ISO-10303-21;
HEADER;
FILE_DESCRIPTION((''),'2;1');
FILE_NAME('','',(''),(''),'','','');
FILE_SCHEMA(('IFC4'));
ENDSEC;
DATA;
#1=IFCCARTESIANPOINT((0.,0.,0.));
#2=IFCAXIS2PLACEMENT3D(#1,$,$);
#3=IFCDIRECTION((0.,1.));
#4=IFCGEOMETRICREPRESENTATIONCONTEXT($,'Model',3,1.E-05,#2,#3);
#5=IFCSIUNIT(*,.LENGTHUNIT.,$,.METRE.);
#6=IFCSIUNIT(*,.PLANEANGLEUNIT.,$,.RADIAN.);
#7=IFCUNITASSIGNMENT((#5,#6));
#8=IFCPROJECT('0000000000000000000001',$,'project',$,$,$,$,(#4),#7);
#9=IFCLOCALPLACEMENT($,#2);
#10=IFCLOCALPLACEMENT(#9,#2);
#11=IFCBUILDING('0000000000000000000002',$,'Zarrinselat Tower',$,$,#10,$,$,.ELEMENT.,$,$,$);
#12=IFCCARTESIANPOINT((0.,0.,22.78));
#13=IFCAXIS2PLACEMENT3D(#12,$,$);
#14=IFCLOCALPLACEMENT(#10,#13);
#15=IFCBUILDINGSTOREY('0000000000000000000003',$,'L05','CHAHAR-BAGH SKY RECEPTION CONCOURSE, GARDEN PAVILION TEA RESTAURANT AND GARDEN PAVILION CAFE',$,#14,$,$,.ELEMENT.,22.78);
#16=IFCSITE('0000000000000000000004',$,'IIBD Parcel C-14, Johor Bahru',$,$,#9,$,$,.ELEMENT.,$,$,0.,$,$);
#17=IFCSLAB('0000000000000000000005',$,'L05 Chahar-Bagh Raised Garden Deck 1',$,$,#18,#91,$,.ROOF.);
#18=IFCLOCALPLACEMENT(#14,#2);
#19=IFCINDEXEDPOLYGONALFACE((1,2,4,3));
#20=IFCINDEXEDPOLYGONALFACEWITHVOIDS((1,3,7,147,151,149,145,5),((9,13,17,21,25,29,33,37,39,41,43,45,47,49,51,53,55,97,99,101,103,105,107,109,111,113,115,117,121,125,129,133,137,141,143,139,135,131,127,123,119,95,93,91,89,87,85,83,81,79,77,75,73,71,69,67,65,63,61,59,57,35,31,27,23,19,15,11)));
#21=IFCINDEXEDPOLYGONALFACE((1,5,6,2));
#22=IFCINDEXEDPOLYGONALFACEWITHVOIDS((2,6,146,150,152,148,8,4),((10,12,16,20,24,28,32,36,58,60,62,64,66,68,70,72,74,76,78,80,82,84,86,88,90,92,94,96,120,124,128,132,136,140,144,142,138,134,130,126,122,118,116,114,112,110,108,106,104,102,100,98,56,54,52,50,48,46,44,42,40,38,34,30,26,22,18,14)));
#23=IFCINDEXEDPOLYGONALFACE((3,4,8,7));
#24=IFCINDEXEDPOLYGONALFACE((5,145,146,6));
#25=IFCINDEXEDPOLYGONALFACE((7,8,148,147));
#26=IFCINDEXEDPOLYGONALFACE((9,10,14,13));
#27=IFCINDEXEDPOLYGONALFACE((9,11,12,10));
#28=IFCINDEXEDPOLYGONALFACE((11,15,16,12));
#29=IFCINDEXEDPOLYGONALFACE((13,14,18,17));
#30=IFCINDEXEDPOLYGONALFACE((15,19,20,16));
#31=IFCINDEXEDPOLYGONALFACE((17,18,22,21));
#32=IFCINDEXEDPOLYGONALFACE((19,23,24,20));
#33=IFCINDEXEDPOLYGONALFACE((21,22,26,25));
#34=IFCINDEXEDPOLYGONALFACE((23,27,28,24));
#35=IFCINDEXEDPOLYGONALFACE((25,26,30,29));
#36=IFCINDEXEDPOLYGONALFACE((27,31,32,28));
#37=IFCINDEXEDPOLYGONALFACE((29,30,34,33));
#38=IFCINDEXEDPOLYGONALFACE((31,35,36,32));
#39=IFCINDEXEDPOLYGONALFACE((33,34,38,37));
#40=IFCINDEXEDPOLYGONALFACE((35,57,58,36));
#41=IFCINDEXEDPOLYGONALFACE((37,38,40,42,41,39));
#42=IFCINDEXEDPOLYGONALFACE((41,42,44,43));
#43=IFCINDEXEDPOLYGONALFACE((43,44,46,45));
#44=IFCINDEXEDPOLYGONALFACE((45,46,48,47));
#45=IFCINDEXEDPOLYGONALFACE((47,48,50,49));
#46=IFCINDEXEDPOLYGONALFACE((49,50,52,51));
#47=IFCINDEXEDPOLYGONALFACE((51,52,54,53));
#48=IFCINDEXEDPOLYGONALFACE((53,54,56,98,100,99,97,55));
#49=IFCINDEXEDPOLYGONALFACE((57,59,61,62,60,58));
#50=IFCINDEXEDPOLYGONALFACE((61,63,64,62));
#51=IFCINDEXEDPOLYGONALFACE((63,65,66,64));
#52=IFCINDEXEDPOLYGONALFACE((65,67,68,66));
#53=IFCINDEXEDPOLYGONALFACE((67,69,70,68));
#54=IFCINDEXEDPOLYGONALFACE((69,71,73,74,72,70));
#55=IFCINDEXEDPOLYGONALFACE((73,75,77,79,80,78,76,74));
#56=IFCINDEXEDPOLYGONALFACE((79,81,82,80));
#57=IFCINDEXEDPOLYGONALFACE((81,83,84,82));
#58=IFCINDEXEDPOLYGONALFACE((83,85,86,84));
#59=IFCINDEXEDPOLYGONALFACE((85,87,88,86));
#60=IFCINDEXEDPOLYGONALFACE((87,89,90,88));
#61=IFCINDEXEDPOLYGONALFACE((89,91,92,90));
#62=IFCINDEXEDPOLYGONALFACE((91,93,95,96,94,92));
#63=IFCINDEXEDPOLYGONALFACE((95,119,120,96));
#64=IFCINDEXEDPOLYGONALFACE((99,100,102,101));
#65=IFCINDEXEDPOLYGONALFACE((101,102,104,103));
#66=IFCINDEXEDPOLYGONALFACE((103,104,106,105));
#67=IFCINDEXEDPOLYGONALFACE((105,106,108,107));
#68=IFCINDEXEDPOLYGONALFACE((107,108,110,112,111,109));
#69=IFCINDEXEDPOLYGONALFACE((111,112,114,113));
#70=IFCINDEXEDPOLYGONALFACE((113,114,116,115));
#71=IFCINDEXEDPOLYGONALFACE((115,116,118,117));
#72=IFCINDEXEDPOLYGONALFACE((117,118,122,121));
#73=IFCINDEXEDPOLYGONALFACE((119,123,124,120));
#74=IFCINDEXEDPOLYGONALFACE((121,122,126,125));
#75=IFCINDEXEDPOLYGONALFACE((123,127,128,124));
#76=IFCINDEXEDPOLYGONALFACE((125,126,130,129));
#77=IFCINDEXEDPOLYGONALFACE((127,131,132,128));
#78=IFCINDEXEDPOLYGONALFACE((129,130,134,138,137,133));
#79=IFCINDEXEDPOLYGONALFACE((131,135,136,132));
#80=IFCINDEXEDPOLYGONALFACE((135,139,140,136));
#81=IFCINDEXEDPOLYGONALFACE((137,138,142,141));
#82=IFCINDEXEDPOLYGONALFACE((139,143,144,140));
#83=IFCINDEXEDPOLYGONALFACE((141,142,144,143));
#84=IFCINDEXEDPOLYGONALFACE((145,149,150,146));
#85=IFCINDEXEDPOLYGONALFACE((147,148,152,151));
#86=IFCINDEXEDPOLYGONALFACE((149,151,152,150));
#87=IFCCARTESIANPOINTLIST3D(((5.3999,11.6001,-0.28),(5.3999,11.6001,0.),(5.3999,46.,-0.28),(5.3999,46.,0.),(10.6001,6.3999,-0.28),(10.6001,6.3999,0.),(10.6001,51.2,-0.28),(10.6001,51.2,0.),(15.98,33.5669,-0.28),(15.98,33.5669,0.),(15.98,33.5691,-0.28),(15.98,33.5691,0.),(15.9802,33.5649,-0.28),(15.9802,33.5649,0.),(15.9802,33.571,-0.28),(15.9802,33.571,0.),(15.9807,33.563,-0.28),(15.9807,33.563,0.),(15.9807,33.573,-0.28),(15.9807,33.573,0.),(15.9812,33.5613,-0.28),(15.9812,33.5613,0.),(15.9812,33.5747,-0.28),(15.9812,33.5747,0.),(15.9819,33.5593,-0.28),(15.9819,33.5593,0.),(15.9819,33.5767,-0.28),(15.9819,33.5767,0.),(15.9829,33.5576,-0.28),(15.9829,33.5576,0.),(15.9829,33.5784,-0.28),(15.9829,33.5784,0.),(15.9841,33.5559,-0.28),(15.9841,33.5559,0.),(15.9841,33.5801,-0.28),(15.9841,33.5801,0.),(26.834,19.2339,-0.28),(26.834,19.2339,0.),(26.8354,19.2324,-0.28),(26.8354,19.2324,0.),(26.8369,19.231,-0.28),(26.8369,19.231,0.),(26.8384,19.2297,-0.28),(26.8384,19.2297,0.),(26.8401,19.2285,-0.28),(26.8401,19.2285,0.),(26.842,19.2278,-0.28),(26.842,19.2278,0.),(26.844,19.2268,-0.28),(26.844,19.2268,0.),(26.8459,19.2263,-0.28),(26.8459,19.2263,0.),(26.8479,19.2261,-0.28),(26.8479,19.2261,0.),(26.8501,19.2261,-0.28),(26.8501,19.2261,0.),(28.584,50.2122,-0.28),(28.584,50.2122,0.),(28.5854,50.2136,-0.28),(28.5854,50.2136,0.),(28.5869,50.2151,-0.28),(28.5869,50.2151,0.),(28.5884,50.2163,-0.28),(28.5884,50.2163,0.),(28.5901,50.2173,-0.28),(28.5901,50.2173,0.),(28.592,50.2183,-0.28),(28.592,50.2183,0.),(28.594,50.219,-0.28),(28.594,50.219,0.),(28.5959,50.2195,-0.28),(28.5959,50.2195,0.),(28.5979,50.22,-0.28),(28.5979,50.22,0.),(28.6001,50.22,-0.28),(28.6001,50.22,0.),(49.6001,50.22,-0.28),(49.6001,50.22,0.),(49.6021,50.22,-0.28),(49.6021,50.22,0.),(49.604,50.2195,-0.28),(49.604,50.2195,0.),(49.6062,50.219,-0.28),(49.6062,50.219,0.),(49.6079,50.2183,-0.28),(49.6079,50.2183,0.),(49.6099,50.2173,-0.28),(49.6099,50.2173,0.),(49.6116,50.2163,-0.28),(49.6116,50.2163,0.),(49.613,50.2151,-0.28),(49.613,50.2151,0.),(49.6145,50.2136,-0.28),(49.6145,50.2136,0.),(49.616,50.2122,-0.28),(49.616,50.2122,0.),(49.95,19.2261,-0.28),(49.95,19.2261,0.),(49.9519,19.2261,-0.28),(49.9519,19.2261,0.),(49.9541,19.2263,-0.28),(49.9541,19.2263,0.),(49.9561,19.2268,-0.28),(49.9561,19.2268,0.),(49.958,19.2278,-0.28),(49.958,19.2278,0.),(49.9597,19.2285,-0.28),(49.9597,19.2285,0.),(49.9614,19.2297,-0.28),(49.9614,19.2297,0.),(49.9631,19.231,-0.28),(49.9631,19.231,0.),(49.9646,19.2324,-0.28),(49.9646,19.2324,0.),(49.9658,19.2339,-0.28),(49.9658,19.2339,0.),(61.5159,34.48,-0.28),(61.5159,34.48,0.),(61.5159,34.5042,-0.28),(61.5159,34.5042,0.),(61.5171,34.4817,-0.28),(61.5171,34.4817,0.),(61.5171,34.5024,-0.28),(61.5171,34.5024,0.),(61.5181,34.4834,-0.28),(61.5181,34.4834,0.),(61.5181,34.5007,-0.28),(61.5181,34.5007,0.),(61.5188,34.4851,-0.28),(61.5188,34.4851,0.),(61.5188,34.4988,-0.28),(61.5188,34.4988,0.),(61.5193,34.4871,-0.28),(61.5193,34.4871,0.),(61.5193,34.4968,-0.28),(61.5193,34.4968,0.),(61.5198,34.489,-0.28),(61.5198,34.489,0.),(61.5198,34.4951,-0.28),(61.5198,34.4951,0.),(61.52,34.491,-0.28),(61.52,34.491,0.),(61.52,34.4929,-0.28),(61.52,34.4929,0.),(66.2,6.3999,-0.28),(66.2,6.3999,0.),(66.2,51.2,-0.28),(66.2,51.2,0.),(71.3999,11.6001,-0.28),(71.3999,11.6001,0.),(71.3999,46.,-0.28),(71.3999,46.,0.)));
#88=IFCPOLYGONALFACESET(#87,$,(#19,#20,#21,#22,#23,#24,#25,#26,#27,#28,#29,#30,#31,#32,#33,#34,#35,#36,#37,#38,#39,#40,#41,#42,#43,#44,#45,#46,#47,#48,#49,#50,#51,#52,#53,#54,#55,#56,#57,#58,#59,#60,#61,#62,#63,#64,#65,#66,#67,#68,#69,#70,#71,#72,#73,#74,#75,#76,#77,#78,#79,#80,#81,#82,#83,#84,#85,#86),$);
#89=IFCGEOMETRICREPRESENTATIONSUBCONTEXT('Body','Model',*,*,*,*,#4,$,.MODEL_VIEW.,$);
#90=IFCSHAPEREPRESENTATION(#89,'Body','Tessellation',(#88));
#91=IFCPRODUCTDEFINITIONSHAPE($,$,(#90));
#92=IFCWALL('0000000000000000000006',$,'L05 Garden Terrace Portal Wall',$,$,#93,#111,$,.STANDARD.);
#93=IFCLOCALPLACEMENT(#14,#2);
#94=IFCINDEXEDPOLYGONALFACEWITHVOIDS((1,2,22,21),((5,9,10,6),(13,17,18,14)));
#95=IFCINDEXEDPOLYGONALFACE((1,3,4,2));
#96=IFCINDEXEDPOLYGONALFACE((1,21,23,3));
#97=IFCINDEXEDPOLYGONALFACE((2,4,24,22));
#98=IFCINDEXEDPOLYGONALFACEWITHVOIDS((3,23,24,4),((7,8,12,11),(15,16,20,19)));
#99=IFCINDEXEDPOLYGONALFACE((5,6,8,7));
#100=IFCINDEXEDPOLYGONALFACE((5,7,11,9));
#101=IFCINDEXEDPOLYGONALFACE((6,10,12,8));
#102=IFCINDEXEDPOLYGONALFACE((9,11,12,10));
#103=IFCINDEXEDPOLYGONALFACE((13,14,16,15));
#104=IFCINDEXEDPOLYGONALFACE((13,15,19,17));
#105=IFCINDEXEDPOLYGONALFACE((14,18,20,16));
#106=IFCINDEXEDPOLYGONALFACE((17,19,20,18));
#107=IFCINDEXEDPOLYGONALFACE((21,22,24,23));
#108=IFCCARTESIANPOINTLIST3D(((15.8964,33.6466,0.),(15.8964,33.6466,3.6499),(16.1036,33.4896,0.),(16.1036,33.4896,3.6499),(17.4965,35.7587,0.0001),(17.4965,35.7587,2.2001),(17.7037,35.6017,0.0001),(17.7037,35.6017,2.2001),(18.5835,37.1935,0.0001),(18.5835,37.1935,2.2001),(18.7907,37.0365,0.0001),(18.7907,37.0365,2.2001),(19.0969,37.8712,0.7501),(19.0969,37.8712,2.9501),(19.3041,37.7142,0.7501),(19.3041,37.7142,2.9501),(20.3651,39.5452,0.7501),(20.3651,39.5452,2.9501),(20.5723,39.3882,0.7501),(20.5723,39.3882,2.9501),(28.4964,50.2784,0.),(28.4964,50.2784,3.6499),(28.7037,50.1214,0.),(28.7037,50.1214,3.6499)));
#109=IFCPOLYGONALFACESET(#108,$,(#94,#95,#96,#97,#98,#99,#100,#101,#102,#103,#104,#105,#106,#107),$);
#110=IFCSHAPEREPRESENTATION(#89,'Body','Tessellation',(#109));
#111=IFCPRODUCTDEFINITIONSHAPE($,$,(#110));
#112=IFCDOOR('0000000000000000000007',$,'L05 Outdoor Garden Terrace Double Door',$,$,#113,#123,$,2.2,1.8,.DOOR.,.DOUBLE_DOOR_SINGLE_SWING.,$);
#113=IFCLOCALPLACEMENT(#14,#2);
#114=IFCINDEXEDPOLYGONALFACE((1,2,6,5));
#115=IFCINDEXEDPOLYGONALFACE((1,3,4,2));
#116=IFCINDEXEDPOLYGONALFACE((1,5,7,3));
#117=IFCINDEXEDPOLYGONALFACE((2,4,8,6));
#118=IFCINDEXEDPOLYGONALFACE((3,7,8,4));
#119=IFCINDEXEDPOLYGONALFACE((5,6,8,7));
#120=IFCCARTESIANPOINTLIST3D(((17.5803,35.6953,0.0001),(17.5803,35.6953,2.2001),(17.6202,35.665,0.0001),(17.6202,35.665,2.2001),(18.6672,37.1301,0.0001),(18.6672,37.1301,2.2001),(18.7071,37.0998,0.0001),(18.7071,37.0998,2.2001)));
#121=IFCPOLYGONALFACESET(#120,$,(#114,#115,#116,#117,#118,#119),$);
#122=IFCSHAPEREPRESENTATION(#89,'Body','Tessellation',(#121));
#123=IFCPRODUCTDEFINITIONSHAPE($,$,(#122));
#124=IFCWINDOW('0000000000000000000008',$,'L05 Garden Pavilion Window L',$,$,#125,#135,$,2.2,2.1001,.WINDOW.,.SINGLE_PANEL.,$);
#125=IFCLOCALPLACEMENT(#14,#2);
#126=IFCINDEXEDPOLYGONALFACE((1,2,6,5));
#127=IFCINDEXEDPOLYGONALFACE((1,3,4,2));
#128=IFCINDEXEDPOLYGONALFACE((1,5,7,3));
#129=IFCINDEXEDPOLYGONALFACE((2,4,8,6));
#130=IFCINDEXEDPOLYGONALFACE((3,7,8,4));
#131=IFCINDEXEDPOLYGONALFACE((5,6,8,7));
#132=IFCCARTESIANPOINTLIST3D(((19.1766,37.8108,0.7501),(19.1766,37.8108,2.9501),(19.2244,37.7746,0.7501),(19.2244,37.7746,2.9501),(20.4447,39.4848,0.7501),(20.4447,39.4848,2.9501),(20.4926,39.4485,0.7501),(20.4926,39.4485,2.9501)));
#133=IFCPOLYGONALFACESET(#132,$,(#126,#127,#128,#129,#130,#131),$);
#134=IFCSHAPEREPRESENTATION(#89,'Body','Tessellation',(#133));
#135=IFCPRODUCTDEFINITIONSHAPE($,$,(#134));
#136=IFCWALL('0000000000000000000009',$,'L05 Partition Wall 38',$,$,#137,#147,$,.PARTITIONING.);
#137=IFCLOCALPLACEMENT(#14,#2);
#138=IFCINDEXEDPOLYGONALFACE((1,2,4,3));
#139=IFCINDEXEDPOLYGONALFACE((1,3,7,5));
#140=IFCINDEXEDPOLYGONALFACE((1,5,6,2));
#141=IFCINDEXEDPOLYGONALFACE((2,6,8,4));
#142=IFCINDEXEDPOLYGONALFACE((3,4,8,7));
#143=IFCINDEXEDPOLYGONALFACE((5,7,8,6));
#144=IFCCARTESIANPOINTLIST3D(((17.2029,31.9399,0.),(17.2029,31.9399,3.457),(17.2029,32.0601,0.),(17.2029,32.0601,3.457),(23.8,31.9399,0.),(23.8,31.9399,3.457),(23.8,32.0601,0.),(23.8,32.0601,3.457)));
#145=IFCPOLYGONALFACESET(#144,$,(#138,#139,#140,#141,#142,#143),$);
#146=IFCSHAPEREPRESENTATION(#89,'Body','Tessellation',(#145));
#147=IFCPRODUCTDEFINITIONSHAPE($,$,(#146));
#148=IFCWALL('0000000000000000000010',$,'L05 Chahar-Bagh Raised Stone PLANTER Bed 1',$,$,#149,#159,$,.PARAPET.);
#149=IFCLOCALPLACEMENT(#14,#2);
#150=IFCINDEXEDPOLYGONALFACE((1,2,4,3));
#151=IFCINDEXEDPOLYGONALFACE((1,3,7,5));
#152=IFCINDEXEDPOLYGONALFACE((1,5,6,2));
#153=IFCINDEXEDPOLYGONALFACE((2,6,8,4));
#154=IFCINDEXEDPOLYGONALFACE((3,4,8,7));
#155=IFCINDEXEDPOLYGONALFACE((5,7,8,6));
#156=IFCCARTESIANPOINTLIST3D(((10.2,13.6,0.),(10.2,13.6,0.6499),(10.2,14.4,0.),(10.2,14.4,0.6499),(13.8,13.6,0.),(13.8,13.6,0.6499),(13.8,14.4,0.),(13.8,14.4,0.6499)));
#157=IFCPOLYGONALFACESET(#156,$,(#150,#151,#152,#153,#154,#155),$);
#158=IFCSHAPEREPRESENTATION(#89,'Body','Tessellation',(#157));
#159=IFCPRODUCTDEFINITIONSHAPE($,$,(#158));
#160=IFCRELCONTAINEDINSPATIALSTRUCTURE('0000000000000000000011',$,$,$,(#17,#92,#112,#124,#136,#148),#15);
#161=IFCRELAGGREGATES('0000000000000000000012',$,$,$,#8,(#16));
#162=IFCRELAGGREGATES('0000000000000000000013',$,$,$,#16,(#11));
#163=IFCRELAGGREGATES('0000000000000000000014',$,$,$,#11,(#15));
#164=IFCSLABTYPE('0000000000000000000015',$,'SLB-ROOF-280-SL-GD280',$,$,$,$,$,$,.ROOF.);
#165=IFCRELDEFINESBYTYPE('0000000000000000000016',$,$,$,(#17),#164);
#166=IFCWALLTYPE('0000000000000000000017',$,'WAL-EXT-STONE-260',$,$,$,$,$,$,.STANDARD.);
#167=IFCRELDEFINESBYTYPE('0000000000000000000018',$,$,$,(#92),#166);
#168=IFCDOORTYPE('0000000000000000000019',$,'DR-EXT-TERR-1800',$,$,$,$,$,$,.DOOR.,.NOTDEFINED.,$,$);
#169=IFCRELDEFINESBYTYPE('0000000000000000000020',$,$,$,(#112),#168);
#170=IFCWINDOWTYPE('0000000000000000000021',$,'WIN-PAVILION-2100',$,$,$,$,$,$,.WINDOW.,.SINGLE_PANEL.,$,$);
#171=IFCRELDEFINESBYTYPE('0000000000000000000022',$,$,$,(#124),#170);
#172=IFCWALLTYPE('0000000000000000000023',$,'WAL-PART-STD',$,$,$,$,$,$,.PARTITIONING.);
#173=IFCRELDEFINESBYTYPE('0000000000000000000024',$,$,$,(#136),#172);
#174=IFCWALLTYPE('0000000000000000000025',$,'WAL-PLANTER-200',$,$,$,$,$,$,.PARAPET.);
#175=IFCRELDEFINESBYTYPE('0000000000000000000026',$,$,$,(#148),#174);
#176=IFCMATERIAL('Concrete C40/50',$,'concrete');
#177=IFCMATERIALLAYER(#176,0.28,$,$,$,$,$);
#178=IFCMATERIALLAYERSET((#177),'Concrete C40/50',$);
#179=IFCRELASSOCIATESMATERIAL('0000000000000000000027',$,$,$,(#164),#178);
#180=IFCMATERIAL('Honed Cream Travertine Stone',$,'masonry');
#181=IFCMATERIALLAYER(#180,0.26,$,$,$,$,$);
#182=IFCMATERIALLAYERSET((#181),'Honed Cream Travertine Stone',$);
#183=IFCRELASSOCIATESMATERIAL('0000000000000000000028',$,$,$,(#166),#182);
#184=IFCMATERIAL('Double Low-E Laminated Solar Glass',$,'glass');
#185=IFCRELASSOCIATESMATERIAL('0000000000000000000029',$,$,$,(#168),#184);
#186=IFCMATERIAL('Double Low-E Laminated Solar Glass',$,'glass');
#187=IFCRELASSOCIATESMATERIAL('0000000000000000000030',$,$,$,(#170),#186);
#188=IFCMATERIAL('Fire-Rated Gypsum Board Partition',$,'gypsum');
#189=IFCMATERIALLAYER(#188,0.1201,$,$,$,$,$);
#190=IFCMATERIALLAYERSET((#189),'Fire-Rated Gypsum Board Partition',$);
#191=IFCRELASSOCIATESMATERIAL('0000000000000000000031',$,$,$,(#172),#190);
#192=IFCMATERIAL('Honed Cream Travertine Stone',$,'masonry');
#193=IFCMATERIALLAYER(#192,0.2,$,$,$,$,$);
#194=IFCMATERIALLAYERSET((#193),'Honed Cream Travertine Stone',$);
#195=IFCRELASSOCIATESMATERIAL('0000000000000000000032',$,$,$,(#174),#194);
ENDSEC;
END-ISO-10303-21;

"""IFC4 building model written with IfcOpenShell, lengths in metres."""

from ifc_helpers import new_model, si_unit, direction, frame, frame_2d, origin, place, context, subcontext, project, spatial, polyline, rectangle, outline, extrude, material, layer, layer_set, type_object, element, fill, save


model = new_model("IFC4")

# Units and contexts
model_context = context("Model", 3, precision=1e-05, world=origin(), true_north=direction((0.0, 1.0)))
body_context = subcontext(model_context, "Body", "Model", "MODEL_VIEW")
ifc_project = project(units=[si_unit("LENGTHUNIT", "METRE"), si_unit("PLANEANGLEUNIT", "RADIAN")], contexts=[model_context])

# Site, building, storey
site_placement = place(None, origin())
site = spatial("IfcSite", under=ifc_project, at=site_placement, Name="IIBD Parcel C-14, Johor Bahru", CompositionType="ELEMENT", RefElevation=0.0)
building_placement = place(site_placement, origin())
building = spatial("IfcBuilding", under=site, at=building_placement, Name="Zarrinselat Tower", CompositionType="ELEMENT")
storey_placement = place(building_placement, frame((0.0, 0.0, 22.78)))
storey = spatial("IfcBuildingStorey", under=building, at=storey_placement, Name="L05", Description="CHAHAR-BAGH SKY RECEPTION CONCOURSE, GARDEN PAVILION TEA RESTAURANT AND GARDEN PAVILION CAFE", CompositionType="ELEMENT", Elevation=22.78)

# Slab
ifc_material_1 = material(Name="Concrete C40/50", Category="concrete")
ifc_layer_1 = layer(ifc_material_1, 0.28)
ifc_layer_set_1 = layer_set([ifc_layer_1], Name="Concrete C40/50")
slab_type_1 = type_object("IfcSlabType", Name="SLB-ROOF-280-SL-GD280", PredefinedType="ROOF", material=ifc_layer_set_1)
slab_1_placement = place(storey_placement, frame((0.0, 0.0, -0.28)))
element("IfcSlab", 1, at=slab_1_placement, inside=storey, type_object=slab_type_1, Name="L05 Chahar-Bagh Raised Garden Deck 1", PredefinedType="ROOF", context=body_context, shape_type="SweptSolid", body=[
    extrude(outline(polyline([(5.3999, 11.6001), (5.3999, 46.0), (10.6001, 51.2), (66.2, 51.2), (71.3999, 46.0), (71.3999, 11.6001), (66.2, 6.3999), (10.6001, 6.3999), (5.3999, 11.6001)]), holes=[polyline([(49.6145, 50.2136), (49.613, 50.2151), (49.6116, 50.2163), (49.6099, 50.2173), (49.6079, 50.2183), (49.6062, 50.219), (49.604, 50.2195), (49.6021, 50.22), (49.6001, 50.22), (28.6001, 50.22), (28.5979, 50.22), (28.5959, 50.2195), (28.594, 50.219), (28.592, 50.2183), (28.5901, 50.2173), (28.5884, 50.2163), (28.5869, 50.2151), (28.5854, 50.2136), (28.584, 50.2122), (15.9841, 33.5801), (15.9829, 33.5784), (15.9819, 33.5767), (15.9812, 33.5747), (15.9807, 33.573), (15.9802, 33.571), (15.98, 33.5691), (15.98, 33.5669), (15.9802, 33.5649), (15.9807, 33.563), (15.9812, 33.5613), (15.9819, 33.5593), (15.9829, 33.5576), (15.9841, 33.5559), (26.834, 19.2339), (26.8354, 19.2324), (26.8369, 19.231), (26.8384, 19.2297), (26.8401, 19.2285), (26.842, 19.2278), (26.844, 19.2268), (26.8459, 19.2263), (26.8479, 19.2261), (26.8501, 19.2261), (49.95, 19.2261), (49.9519, 19.2261), (49.9541, 19.2263), (49.9561, 19.2268), (49.958, 19.2278), (49.9597, 19.2285), (49.9614, 19.2297), (49.9631, 19.231), (49.9646, 19.2324), (49.9658, 19.2339), (61.5159, 34.48), (61.5171, 34.4817), (61.5181, 34.4834), (61.5188, 34.4851), (61.5193, 34.4871), (61.5198, 34.489), (61.52, 34.491), (61.52, 34.4929), (61.5198, 34.4951), (61.5193, 34.4968), (61.5188, 34.4988), (61.5181, 34.5007), (61.5171, 34.5024), (61.5159, 34.5042), (49.616, 50.2122), (49.6145, 50.2136)])]), origin(), (0.0, 0.0, 1.0), 0.28),
])

# Wall, openings, door, window
ifc_material_2 = material(Name="Honed Cream Travertine Stone", Category="masonry")
ifc_layer_2 = layer(ifc_material_2, 0.26)
ifc_layer_set_2 = layer_set([ifc_layer_2], Name="Honed Cream Travertine Stone")
wall_type_1 = type_object("IfcWallType", Name="WAL-EXT-STONE-260", PredefinedType="STANDARD", material=ifc_layer_set_2)
wall_1_placement = place(storey_placement, frame((16.0, 33.5681, 0.0), z_axis=(0.0, 0.0, 1.0), x_axis=(0.603864, 0.797087, 0.0)))
wall_1 = element("IfcWall", 2, at=wall_1_placement, inside=storey, type_object=wall_type_1, Name="L05 Garden Terrace Portal Wall", PredefinedType="STANDARD", context=body_context, shape_type="SweptSolid", body=[
    extrude(rectangle(XDim=20.8657, YDim=0.26, at=frame_2d((10.4329, 0.0))), origin(), (0.0, 0.0, 1.0), 3.6499),
])
opening_1_placement = place(wall_1_placement, frame((2.6499, 0.0, 0.0)))
opening_1 = element("IfcOpeningElement", 3, at=opening_1_placement, cuts=wall_1, PredefinedType="OPENING", context=body_context, shape_type="SweptSolid", body=[
    extrude(rectangle(XDim=1.8, YDim=2.2, at=frame_2d((0.8999, 1.1001))), frame((0.0, 0.1399, 0.0), z_axis=(0.0, -1.0, 0.0), x_axis=(1.0, 0.0, 0.0)), (0.0, 0.0, 1.0), 0.28),
])
opening_2_placement = place(wall_1_placement, frame((5.3, 0.0, 0.75)))
opening_2 = element("IfcOpeningElement", 4, at=opening_2_placement, cuts=wall_1, PredefinedType="OPENING", context=body_context, shape_type="SweptSolid", body=[
    extrude(rectangle(XDim=2.1001, YDim=2.2, at=frame_2d((1.05, 1.1001))), frame((0.0, 0.1399, 0.0), z_axis=(0.0, -1.0, 0.0), x_axis=(1.0, 0.0, 0.0)), (0.0, 0.0, 1.0), 0.28),
])
ifc_material_3 = material(Name="Double Low-E Laminated Solar Glass", Category="glass")
door_type = type_object("IfcDoorType", Name="DR-EXT-TERR-1800", OperationType="NOTDEFINED", PredefinedType="DOOR", material=ifc_material_3)
door_placement = place(opening_1_placement, origin())
door = element("IfcDoor", 5, at=door_placement, inside=storey, type_object=door_type, Name="L05 Outdoor Garden Terrace Double Door", OperationType="DOUBLE_DOOR_SINGLE_SWING", OverallHeight=2.2, OverallWidth=1.8, PredefinedType="DOOR", context=body_context, shape_type="SweptSolid", body=[
    extrude(rectangle(XDim=1.8, YDim=2.2, at=frame_2d((0.8999, 1.1001))), frame((0.0, 0.0249, 0.0), z_axis=(0.0, -1.0, 0.0), x_axis=(1.0, 0.0, 0.0)), (0.0, 0.0, 1.0), 0.05),
])
fill(opening_1, door)
ifc_material_4 = material(Name="Double Low-E Laminated Solar Glass", Category="glass")
window_type = type_object("IfcWindowType", Name="WIN-PAVILION-2100", PartitioningType="SINGLE_PANEL", PredefinedType="WINDOW", material=ifc_material_4)
window_placement = place(opening_2_placement, origin())
window = element("IfcWindow", 6, at=window_placement, inside=storey, type_object=window_type, Name="L05 Garden Pavilion Window L", OverallHeight=2.2, OverallWidth=2.1001, PartitioningType="SINGLE_PANEL", PredefinedType="WINDOW", context=body_context, shape_type="SweptSolid", body=[
    extrude(rectangle(XDim=2.1001, YDim=2.2, at=frame_2d((1.05, 1.1001))), frame((0.0, 0.03, 0.0), z_axis=(0.0, -1.0, 0.0), x_axis=(1.0, 0.0, 0.0)), (0.0, 0.0, 1.0), 0.0601),
])
fill(opening_2, window)

# Walls
ifc_material_5 = material(Name="Fire-Rated Gypsum Board Partition", Category="gypsum")
ifc_layer_3 = layer(ifc_material_5, 0.1201)
ifc_layer_set_3 = layer_set([ifc_layer_3], Name="Fire-Rated Gypsum Board Partition")
wall_type_2 = type_object("IfcWallType", Name="WAL-PART-STD", PredefinedType="PARTITIONING", material=ifc_layer_set_3)
wall_2_placement = place(storey_placement, frame((17.2029, 32.0, 0.0), z_axis=(0.0, 0.0, 1.0), x_axis=(1.0, 0.0, 0.0)))
element("IfcWall", 7, at=wall_2_placement, inside=storey, type_object=wall_type_2, Name="L05 Partition Wall 38", PredefinedType="PARTITIONING", context=body_context, shape_type="SweptSolid", body=[
    extrude(rectangle(XDim=6.5972, YDim=0.1201, at=frame_2d((3.2986, 0.0))), origin(), (0.0, 0.0, 1.0), 3.457),
])
ifc_material_6 = material(Name="Honed Cream Travertine Stone", Category="masonry")
ifc_layer_4 = layer(ifc_material_6, 0.2)
ifc_layer_set_4 = layer_set([ifc_layer_4], Name="Honed Cream Travertine Stone")
wall_type_3 = type_object("IfcWallType", Name="WAL-PLANTER-200", PredefinedType="PARAPET", material=ifc_layer_set_4)
wall_3_placement = place(storey_placement, frame((10.2, 14.0, 0.0), z_axis=(0.0, 0.0, 1.0), x_axis=(1.0, 0.0, 0.0)))
element("IfcWall", 8, at=wall_3_placement, inside=storey, type_object=wall_type_3, Name="L05 Chahar-Bagh Raised Stone PLANTER Bed 1", PredefinedType="PARAPET", context=body_context, shape_type="SweptSolid", body=[
    extrude(rectangle(XDim=3.6001, YDim=0.8, at=frame_2d((1.8, 0.0))), origin(), (0.0, 0.0, 1.0), 0.6499),
])

save(model, "model.ifc")
